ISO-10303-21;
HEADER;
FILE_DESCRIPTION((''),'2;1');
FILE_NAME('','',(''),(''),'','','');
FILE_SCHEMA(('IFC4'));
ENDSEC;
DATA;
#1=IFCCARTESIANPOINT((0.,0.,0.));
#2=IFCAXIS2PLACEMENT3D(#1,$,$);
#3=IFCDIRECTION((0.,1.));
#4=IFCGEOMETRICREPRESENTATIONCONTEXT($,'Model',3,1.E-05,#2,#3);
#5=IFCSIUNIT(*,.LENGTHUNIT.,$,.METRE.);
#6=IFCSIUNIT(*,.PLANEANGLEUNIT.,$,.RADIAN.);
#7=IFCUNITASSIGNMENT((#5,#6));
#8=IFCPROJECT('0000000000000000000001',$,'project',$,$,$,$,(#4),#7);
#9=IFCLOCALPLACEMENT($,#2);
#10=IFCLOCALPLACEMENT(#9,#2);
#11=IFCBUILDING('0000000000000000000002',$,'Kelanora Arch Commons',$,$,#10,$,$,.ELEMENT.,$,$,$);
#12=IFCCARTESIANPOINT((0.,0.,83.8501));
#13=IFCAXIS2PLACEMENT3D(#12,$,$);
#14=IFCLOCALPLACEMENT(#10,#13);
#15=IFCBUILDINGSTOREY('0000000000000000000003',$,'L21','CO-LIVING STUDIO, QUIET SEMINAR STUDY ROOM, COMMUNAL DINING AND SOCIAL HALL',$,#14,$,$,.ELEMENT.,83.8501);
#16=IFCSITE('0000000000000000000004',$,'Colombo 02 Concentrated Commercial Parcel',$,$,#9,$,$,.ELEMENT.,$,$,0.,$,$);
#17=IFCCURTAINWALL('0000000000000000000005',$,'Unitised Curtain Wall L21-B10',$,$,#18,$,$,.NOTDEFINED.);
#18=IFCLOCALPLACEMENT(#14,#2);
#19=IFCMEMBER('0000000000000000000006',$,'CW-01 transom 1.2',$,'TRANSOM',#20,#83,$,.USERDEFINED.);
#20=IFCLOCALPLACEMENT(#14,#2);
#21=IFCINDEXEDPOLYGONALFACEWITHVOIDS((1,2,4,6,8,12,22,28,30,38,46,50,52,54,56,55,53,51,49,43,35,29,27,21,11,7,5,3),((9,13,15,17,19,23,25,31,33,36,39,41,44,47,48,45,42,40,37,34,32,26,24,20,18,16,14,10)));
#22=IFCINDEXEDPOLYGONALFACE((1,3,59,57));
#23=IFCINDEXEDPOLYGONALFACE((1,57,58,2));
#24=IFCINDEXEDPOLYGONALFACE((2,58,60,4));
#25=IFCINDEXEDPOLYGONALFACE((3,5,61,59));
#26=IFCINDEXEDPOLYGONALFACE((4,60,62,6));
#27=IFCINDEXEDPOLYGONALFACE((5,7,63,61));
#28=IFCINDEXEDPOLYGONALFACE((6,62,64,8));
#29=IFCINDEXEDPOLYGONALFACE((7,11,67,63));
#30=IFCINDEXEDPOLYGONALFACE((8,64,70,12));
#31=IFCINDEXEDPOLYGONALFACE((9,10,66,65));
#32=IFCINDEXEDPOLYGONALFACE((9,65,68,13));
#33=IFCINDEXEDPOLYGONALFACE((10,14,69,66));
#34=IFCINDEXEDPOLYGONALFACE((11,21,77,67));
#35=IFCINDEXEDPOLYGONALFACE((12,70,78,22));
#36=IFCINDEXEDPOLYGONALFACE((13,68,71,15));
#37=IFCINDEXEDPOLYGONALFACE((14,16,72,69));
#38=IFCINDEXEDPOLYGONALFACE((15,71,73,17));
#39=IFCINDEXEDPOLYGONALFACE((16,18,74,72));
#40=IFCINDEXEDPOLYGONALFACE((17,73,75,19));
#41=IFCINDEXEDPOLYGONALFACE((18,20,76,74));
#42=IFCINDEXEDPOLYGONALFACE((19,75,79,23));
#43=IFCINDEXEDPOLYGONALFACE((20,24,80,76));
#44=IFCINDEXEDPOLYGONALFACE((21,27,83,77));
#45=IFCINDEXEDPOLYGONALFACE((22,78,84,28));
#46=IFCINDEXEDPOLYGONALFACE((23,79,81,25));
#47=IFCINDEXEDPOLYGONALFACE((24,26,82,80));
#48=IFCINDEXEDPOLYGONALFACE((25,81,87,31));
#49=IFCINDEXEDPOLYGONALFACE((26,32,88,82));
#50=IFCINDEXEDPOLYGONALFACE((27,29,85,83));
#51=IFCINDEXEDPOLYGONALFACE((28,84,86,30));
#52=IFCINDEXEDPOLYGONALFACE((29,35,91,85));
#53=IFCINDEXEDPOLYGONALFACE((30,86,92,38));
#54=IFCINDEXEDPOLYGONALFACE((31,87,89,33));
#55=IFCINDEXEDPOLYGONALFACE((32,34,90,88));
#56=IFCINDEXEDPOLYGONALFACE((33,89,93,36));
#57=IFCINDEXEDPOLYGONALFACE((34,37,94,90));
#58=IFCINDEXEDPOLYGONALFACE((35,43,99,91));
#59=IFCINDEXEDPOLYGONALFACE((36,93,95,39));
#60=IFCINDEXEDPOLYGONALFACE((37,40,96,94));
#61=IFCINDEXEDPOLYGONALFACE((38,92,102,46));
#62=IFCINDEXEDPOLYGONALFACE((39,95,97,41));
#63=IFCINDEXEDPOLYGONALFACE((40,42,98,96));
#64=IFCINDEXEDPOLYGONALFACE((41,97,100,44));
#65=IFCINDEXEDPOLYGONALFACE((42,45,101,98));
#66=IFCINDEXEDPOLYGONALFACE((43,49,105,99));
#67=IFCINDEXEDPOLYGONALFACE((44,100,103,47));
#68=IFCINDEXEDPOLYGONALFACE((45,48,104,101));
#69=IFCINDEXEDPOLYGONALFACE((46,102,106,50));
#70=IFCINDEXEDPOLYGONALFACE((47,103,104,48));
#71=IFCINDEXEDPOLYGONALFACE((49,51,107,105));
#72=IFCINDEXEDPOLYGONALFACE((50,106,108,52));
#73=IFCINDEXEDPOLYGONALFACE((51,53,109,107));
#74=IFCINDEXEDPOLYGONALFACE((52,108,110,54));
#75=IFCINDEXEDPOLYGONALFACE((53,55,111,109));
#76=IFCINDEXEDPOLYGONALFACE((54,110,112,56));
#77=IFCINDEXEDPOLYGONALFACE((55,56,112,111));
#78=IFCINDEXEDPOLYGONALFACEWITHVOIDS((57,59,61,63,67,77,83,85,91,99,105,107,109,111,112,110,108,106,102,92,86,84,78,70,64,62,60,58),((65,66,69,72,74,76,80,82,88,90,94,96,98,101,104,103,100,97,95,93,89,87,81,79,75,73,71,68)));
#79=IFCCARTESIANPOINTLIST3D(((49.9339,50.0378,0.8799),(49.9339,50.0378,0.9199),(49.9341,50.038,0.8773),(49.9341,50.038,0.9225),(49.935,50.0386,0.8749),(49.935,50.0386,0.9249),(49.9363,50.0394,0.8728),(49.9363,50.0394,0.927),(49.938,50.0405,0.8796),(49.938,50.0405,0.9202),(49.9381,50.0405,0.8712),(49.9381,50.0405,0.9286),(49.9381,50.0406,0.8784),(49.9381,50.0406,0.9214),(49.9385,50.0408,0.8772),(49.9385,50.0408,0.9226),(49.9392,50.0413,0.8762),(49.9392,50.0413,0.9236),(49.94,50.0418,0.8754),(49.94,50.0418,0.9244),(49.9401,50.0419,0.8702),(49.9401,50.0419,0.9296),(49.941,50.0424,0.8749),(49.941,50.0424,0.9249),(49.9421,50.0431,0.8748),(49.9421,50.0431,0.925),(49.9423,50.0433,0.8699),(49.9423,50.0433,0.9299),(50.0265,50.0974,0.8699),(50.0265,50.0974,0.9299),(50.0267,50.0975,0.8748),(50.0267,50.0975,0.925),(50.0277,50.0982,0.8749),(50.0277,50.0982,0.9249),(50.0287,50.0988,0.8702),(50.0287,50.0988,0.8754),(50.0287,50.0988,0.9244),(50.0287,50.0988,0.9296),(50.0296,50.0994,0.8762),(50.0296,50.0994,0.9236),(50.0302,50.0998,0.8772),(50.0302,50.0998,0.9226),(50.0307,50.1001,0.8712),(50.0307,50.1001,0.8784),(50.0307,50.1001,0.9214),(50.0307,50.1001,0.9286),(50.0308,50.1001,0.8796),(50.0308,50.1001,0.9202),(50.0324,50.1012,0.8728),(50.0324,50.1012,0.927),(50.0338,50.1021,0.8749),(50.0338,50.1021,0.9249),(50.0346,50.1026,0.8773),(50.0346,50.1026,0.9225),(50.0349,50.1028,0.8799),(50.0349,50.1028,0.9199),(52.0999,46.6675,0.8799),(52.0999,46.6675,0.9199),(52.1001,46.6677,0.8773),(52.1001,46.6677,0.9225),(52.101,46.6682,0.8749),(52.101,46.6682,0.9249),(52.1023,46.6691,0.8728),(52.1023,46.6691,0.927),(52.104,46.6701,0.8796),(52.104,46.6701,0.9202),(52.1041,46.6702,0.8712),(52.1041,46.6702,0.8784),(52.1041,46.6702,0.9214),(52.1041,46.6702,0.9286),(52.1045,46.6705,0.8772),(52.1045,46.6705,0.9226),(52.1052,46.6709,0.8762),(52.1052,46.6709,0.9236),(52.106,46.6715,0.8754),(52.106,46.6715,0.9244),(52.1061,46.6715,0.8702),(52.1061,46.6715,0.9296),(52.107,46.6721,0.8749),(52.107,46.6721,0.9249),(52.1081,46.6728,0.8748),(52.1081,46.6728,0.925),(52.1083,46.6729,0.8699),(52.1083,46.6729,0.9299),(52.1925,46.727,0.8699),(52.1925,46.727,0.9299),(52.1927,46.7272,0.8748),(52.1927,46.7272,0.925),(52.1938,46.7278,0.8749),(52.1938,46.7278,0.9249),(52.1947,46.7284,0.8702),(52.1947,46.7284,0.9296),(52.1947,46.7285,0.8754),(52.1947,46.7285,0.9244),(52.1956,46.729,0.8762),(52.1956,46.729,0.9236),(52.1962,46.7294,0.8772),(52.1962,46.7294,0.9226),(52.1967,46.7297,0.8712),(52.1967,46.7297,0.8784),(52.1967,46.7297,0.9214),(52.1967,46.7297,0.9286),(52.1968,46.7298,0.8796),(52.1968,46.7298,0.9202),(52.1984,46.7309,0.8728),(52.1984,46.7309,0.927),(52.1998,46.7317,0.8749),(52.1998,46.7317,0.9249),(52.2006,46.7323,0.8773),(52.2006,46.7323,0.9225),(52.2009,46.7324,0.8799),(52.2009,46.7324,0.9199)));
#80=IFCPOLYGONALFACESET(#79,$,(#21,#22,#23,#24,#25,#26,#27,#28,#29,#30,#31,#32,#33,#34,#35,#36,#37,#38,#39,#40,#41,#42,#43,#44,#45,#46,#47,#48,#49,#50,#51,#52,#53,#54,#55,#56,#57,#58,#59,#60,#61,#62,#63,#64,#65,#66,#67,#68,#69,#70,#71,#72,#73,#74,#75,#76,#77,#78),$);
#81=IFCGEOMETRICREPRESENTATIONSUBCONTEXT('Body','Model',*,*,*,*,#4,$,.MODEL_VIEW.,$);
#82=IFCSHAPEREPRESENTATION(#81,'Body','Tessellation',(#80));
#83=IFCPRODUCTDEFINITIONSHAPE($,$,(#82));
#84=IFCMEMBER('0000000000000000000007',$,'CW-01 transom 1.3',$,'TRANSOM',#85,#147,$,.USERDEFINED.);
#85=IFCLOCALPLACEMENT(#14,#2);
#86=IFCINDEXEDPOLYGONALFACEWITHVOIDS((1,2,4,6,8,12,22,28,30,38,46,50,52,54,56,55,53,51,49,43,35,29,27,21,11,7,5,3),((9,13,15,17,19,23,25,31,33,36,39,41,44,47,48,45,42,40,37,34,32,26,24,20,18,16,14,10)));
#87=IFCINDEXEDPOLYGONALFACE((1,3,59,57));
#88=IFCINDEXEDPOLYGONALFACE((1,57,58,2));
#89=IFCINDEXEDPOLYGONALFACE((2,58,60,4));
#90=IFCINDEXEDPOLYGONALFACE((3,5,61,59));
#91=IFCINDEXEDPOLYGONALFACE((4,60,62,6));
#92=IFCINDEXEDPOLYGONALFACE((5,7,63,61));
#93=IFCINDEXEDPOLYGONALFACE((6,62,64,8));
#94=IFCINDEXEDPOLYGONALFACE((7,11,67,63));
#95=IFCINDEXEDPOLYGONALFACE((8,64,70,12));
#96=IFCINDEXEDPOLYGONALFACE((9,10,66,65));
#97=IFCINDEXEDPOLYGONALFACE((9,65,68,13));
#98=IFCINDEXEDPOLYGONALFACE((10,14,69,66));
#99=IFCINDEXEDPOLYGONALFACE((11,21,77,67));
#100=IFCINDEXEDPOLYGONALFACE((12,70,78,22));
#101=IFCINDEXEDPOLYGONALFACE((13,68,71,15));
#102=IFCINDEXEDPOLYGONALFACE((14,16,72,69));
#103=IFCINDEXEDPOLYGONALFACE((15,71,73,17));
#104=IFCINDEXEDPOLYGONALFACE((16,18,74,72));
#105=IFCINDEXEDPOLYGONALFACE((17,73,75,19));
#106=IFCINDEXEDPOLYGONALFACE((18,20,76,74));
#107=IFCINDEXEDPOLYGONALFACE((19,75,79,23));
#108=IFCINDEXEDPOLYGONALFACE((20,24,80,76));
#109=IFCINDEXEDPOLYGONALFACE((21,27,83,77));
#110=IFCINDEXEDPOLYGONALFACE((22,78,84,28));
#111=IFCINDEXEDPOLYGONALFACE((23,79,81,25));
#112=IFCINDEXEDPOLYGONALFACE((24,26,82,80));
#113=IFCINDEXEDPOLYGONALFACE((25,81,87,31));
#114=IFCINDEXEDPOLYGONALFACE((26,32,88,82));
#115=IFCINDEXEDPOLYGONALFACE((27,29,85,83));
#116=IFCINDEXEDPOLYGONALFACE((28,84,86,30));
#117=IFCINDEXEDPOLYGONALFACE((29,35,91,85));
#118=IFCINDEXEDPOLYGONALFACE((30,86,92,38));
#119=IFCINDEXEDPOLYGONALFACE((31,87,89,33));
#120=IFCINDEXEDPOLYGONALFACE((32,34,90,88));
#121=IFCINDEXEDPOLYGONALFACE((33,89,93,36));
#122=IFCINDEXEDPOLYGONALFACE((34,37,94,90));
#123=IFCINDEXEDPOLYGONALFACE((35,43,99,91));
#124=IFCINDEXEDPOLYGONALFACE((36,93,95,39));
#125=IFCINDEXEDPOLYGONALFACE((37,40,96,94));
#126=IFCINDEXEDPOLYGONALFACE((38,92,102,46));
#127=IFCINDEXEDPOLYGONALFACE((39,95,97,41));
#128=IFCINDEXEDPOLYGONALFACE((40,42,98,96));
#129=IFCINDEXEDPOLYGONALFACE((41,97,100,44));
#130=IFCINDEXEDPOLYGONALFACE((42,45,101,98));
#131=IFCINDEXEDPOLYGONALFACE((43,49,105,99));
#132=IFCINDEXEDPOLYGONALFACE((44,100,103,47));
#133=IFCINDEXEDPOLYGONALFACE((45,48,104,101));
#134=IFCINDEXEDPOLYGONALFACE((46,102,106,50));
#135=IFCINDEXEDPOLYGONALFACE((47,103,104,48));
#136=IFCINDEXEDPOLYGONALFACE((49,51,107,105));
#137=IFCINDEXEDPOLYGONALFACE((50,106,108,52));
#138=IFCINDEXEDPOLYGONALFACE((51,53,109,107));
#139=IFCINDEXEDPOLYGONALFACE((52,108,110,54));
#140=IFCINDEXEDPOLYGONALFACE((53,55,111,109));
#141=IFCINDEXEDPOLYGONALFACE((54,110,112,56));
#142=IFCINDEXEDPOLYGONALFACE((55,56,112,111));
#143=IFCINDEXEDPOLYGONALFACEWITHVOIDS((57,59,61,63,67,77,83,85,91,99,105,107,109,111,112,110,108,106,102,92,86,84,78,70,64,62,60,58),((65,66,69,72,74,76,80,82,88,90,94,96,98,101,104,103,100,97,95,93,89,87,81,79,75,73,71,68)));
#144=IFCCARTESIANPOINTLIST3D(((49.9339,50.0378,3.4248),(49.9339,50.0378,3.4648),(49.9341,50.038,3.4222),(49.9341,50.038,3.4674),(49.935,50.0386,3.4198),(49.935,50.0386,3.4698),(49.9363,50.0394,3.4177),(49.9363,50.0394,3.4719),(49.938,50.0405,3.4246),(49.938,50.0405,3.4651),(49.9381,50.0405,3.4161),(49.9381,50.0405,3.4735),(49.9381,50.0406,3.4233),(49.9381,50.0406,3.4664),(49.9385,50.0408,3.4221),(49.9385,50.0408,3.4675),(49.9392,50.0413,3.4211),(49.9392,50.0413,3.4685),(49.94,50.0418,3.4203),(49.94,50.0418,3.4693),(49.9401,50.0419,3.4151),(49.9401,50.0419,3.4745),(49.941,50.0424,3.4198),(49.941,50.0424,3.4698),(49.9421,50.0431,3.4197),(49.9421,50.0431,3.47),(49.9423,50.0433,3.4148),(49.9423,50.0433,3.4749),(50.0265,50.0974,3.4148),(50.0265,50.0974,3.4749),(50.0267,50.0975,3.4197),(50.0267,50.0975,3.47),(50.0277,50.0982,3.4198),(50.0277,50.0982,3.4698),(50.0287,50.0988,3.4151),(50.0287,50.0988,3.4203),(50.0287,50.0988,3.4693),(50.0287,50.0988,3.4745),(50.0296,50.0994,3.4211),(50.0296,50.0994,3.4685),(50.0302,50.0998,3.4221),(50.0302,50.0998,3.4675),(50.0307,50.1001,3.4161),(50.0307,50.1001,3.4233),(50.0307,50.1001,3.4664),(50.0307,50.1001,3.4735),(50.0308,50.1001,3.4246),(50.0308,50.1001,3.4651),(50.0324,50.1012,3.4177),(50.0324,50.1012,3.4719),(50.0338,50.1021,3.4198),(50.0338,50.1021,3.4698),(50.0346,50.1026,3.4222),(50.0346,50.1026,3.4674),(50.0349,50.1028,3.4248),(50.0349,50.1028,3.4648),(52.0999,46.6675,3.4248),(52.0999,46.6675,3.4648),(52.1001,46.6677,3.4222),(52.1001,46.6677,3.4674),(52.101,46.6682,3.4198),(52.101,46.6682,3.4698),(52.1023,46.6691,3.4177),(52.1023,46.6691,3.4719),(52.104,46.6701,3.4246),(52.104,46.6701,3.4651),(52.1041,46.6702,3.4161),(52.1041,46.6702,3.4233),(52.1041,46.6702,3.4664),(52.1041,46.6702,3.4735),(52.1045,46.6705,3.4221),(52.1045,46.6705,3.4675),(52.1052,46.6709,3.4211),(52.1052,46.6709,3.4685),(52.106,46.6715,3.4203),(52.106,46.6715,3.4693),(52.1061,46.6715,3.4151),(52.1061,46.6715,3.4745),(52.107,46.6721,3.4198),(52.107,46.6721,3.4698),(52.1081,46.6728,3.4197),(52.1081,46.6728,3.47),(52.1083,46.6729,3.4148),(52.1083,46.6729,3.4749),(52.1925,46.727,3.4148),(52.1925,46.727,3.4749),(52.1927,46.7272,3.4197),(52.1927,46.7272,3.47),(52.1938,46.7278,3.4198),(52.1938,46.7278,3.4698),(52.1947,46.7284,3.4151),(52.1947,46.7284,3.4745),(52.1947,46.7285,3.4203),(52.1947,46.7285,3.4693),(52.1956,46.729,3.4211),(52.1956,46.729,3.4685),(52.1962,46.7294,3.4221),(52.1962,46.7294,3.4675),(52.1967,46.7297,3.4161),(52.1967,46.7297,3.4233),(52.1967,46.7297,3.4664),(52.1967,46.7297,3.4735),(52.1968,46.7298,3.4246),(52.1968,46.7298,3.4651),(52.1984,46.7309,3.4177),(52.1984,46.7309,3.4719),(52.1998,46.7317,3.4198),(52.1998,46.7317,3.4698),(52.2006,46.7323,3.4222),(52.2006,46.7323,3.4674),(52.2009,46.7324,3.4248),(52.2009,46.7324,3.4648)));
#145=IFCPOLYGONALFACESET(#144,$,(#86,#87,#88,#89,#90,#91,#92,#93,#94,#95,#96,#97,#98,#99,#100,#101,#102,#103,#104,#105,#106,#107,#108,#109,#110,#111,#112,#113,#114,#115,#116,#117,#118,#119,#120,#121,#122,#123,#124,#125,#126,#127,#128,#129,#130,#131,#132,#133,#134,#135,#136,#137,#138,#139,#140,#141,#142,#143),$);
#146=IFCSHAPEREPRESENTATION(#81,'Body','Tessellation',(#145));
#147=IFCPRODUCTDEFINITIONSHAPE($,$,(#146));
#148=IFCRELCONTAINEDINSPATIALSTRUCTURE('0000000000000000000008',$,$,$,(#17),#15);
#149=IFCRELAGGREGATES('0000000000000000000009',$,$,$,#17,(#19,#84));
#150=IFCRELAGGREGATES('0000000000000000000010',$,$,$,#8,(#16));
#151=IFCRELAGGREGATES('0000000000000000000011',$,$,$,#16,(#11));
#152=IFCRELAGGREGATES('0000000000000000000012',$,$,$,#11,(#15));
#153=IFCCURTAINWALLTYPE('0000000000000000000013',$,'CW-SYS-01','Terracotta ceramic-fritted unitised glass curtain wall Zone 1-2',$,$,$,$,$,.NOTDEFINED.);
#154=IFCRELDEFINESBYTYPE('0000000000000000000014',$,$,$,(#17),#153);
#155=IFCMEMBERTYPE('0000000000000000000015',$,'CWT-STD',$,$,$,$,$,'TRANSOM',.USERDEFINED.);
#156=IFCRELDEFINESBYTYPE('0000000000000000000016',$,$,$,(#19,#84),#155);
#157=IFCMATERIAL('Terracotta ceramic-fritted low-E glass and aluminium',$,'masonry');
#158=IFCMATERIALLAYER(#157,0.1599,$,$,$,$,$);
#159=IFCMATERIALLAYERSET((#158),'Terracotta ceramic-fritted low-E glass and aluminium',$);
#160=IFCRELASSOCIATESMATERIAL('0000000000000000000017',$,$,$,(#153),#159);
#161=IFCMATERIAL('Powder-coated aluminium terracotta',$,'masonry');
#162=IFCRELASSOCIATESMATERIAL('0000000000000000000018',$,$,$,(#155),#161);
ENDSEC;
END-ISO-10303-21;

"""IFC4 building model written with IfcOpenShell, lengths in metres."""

from ifc_helpers import new_model, si_unit, direction, frame, origin, origin_2d, place, context, subcontext, project, spatial, hollow_rectangle, extrude, material, layer, layer_set, material_profile, profile_set, type_object, element, aggregate, save


model = new_model("IFC4")

# Units and contexts
model_context = context("Model", 3, precision=1e-05, world=origin(), true_north=direction((0.0, 1.0)))
body_context = subcontext(model_context, "Body", "Model", "MODEL_VIEW")
ifc_project = project(units=[si_unit("LENGTHUNIT", "METRE"), si_unit("PLANEANGLEUNIT", "RADIAN")], contexts=[model_context])

# Site, building, storey
site_placement = place(None, origin())
site = spatial("IfcSite", under=ifc_project, at=site_placement, Name="Colombo 02 Concentrated Commercial Parcel", CompositionType="ELEMENT", RefElevation=0.0)
building_placement = place(site_placement, origin())
building = spatial("IfcBuilding", under=site, at=building_placement, Name="Kelanora Arch Commons", CompositionType="ELEMENT")
storey_placement = place(building_placement, frame((0.0, 0.0, 83.8501)))
storey = spatial("IfcBuildingStorey", under=building, at=storey_placement, Name="L21", Description="CO-LIVING STUDIO, QUIET SEMINAR STUDY ROOM, COMMUNAL DINING AND SOCIAL HALL", CompositionType="ELEMENT", Elevation=83.8501)

# Curtain wall, members
ifc_material_1 = material(Name="Terracotta ceramic-fritted low-E glass and aluminium", Category="masonry")
ifc_layer_1 = layer(ifc_material_1, 0.1599)
ifc_layer_set_1 = layer_set([ifc_layer_1], Name="Terracotta ceramic-fritted low-E glass and aluminium")
curtain_wall_type = type_object("IfcCurtainWallType", Name="CW-SYS-01", Description="Terracotta ceramic-fritted unitised glass curtain wall Zone 1-2", PredefinedType="NOTDEFINED", material=ifc_layer_set_1)
curtain_wall_placement = place(storey_placement, origin())
curtain_wall = element("IfcCurtainWall", 1, at=curtain_wall_placement, inside=storey, type_object=curtain_wall_type, Name="Unitised Curtain Wall L21-B10", PredefinedType="NOTDEFINED")
ifc_material_2 = material(Name="Powder-coated aluminium terracotta", Category="masonry")
ifc_material_profile_1 = material_profile(ifc_material_2, hollow_rectangle(XDim=0.1201, YDim=0.0601, WallThickness=0.0049, InnerFilletRadius=0.0049, OuterFilletRadius=0.01, at=origin_2d()), Name="CWT120x60")
ifc_profile_set_1 = profile_set([ifc_material_profile_1], Name="Powder-coated aluminium terracotta")
member_type_1 = type_object("IfcMemberType", Name="CWT-STD", ElementType="TRANSOM", PredefinedType="USERDEFINED", material=ifc_profile_set_1)
member_1_placement = place(storey_placement, frame((49.9844, 50.0703, 0.8999), z_axis=(0.540644, -0.841252, 0.0), x_axis=(0.841252, 0.540644, 0.0)))
member_1 = element("IfcMember", 2, at=member_1_placement, type_object=member_type_1, Name="CW-01 transom 1.2", ObjectType="TRANSOM", PredefinedType="USERDEFINED", context=body_context, shape_type="SweptSolid", body=[
    extrude(hollow_rectangle(XDim=0.1201, YDim=0.0601, WallThickness=0.0049, InnerFilletRadius=0.0049, OuterFilletRadius=0.01, at=origin_2d()), origin(), (0.0, 0.0, 1.0), 4.0063),
])
member_2_placement = place(storey_placement, frame((49.9844, 50.0703, 3.4448), z_axis=(0.540644, -0.841252, 0.0), x_axis=(0.841252, 0.540644, 0.0)))
member_2 = element("IfcMember", 3, at=member_2_placement, type_object=member_type_1, Name="CW-01 transom 1.3", ObjectType="TRANSOM", PredefinedType="USERDEFINED", context=body_context, shape_type="SweptSolid", body=[
    extrude(hollow_rectangle(XDim=0.1201, YDim=0.0601, WallThickness=0.0049, InnerFilletRadius=0.0049, OuterFilletRadius=0.01, at=origin_2d()), origin(), (0.0, 0.0, 1.0), 4.0063),
])

aggregate(curtain_wall, [member_1, member_2])

save(model, "model.ifc")
